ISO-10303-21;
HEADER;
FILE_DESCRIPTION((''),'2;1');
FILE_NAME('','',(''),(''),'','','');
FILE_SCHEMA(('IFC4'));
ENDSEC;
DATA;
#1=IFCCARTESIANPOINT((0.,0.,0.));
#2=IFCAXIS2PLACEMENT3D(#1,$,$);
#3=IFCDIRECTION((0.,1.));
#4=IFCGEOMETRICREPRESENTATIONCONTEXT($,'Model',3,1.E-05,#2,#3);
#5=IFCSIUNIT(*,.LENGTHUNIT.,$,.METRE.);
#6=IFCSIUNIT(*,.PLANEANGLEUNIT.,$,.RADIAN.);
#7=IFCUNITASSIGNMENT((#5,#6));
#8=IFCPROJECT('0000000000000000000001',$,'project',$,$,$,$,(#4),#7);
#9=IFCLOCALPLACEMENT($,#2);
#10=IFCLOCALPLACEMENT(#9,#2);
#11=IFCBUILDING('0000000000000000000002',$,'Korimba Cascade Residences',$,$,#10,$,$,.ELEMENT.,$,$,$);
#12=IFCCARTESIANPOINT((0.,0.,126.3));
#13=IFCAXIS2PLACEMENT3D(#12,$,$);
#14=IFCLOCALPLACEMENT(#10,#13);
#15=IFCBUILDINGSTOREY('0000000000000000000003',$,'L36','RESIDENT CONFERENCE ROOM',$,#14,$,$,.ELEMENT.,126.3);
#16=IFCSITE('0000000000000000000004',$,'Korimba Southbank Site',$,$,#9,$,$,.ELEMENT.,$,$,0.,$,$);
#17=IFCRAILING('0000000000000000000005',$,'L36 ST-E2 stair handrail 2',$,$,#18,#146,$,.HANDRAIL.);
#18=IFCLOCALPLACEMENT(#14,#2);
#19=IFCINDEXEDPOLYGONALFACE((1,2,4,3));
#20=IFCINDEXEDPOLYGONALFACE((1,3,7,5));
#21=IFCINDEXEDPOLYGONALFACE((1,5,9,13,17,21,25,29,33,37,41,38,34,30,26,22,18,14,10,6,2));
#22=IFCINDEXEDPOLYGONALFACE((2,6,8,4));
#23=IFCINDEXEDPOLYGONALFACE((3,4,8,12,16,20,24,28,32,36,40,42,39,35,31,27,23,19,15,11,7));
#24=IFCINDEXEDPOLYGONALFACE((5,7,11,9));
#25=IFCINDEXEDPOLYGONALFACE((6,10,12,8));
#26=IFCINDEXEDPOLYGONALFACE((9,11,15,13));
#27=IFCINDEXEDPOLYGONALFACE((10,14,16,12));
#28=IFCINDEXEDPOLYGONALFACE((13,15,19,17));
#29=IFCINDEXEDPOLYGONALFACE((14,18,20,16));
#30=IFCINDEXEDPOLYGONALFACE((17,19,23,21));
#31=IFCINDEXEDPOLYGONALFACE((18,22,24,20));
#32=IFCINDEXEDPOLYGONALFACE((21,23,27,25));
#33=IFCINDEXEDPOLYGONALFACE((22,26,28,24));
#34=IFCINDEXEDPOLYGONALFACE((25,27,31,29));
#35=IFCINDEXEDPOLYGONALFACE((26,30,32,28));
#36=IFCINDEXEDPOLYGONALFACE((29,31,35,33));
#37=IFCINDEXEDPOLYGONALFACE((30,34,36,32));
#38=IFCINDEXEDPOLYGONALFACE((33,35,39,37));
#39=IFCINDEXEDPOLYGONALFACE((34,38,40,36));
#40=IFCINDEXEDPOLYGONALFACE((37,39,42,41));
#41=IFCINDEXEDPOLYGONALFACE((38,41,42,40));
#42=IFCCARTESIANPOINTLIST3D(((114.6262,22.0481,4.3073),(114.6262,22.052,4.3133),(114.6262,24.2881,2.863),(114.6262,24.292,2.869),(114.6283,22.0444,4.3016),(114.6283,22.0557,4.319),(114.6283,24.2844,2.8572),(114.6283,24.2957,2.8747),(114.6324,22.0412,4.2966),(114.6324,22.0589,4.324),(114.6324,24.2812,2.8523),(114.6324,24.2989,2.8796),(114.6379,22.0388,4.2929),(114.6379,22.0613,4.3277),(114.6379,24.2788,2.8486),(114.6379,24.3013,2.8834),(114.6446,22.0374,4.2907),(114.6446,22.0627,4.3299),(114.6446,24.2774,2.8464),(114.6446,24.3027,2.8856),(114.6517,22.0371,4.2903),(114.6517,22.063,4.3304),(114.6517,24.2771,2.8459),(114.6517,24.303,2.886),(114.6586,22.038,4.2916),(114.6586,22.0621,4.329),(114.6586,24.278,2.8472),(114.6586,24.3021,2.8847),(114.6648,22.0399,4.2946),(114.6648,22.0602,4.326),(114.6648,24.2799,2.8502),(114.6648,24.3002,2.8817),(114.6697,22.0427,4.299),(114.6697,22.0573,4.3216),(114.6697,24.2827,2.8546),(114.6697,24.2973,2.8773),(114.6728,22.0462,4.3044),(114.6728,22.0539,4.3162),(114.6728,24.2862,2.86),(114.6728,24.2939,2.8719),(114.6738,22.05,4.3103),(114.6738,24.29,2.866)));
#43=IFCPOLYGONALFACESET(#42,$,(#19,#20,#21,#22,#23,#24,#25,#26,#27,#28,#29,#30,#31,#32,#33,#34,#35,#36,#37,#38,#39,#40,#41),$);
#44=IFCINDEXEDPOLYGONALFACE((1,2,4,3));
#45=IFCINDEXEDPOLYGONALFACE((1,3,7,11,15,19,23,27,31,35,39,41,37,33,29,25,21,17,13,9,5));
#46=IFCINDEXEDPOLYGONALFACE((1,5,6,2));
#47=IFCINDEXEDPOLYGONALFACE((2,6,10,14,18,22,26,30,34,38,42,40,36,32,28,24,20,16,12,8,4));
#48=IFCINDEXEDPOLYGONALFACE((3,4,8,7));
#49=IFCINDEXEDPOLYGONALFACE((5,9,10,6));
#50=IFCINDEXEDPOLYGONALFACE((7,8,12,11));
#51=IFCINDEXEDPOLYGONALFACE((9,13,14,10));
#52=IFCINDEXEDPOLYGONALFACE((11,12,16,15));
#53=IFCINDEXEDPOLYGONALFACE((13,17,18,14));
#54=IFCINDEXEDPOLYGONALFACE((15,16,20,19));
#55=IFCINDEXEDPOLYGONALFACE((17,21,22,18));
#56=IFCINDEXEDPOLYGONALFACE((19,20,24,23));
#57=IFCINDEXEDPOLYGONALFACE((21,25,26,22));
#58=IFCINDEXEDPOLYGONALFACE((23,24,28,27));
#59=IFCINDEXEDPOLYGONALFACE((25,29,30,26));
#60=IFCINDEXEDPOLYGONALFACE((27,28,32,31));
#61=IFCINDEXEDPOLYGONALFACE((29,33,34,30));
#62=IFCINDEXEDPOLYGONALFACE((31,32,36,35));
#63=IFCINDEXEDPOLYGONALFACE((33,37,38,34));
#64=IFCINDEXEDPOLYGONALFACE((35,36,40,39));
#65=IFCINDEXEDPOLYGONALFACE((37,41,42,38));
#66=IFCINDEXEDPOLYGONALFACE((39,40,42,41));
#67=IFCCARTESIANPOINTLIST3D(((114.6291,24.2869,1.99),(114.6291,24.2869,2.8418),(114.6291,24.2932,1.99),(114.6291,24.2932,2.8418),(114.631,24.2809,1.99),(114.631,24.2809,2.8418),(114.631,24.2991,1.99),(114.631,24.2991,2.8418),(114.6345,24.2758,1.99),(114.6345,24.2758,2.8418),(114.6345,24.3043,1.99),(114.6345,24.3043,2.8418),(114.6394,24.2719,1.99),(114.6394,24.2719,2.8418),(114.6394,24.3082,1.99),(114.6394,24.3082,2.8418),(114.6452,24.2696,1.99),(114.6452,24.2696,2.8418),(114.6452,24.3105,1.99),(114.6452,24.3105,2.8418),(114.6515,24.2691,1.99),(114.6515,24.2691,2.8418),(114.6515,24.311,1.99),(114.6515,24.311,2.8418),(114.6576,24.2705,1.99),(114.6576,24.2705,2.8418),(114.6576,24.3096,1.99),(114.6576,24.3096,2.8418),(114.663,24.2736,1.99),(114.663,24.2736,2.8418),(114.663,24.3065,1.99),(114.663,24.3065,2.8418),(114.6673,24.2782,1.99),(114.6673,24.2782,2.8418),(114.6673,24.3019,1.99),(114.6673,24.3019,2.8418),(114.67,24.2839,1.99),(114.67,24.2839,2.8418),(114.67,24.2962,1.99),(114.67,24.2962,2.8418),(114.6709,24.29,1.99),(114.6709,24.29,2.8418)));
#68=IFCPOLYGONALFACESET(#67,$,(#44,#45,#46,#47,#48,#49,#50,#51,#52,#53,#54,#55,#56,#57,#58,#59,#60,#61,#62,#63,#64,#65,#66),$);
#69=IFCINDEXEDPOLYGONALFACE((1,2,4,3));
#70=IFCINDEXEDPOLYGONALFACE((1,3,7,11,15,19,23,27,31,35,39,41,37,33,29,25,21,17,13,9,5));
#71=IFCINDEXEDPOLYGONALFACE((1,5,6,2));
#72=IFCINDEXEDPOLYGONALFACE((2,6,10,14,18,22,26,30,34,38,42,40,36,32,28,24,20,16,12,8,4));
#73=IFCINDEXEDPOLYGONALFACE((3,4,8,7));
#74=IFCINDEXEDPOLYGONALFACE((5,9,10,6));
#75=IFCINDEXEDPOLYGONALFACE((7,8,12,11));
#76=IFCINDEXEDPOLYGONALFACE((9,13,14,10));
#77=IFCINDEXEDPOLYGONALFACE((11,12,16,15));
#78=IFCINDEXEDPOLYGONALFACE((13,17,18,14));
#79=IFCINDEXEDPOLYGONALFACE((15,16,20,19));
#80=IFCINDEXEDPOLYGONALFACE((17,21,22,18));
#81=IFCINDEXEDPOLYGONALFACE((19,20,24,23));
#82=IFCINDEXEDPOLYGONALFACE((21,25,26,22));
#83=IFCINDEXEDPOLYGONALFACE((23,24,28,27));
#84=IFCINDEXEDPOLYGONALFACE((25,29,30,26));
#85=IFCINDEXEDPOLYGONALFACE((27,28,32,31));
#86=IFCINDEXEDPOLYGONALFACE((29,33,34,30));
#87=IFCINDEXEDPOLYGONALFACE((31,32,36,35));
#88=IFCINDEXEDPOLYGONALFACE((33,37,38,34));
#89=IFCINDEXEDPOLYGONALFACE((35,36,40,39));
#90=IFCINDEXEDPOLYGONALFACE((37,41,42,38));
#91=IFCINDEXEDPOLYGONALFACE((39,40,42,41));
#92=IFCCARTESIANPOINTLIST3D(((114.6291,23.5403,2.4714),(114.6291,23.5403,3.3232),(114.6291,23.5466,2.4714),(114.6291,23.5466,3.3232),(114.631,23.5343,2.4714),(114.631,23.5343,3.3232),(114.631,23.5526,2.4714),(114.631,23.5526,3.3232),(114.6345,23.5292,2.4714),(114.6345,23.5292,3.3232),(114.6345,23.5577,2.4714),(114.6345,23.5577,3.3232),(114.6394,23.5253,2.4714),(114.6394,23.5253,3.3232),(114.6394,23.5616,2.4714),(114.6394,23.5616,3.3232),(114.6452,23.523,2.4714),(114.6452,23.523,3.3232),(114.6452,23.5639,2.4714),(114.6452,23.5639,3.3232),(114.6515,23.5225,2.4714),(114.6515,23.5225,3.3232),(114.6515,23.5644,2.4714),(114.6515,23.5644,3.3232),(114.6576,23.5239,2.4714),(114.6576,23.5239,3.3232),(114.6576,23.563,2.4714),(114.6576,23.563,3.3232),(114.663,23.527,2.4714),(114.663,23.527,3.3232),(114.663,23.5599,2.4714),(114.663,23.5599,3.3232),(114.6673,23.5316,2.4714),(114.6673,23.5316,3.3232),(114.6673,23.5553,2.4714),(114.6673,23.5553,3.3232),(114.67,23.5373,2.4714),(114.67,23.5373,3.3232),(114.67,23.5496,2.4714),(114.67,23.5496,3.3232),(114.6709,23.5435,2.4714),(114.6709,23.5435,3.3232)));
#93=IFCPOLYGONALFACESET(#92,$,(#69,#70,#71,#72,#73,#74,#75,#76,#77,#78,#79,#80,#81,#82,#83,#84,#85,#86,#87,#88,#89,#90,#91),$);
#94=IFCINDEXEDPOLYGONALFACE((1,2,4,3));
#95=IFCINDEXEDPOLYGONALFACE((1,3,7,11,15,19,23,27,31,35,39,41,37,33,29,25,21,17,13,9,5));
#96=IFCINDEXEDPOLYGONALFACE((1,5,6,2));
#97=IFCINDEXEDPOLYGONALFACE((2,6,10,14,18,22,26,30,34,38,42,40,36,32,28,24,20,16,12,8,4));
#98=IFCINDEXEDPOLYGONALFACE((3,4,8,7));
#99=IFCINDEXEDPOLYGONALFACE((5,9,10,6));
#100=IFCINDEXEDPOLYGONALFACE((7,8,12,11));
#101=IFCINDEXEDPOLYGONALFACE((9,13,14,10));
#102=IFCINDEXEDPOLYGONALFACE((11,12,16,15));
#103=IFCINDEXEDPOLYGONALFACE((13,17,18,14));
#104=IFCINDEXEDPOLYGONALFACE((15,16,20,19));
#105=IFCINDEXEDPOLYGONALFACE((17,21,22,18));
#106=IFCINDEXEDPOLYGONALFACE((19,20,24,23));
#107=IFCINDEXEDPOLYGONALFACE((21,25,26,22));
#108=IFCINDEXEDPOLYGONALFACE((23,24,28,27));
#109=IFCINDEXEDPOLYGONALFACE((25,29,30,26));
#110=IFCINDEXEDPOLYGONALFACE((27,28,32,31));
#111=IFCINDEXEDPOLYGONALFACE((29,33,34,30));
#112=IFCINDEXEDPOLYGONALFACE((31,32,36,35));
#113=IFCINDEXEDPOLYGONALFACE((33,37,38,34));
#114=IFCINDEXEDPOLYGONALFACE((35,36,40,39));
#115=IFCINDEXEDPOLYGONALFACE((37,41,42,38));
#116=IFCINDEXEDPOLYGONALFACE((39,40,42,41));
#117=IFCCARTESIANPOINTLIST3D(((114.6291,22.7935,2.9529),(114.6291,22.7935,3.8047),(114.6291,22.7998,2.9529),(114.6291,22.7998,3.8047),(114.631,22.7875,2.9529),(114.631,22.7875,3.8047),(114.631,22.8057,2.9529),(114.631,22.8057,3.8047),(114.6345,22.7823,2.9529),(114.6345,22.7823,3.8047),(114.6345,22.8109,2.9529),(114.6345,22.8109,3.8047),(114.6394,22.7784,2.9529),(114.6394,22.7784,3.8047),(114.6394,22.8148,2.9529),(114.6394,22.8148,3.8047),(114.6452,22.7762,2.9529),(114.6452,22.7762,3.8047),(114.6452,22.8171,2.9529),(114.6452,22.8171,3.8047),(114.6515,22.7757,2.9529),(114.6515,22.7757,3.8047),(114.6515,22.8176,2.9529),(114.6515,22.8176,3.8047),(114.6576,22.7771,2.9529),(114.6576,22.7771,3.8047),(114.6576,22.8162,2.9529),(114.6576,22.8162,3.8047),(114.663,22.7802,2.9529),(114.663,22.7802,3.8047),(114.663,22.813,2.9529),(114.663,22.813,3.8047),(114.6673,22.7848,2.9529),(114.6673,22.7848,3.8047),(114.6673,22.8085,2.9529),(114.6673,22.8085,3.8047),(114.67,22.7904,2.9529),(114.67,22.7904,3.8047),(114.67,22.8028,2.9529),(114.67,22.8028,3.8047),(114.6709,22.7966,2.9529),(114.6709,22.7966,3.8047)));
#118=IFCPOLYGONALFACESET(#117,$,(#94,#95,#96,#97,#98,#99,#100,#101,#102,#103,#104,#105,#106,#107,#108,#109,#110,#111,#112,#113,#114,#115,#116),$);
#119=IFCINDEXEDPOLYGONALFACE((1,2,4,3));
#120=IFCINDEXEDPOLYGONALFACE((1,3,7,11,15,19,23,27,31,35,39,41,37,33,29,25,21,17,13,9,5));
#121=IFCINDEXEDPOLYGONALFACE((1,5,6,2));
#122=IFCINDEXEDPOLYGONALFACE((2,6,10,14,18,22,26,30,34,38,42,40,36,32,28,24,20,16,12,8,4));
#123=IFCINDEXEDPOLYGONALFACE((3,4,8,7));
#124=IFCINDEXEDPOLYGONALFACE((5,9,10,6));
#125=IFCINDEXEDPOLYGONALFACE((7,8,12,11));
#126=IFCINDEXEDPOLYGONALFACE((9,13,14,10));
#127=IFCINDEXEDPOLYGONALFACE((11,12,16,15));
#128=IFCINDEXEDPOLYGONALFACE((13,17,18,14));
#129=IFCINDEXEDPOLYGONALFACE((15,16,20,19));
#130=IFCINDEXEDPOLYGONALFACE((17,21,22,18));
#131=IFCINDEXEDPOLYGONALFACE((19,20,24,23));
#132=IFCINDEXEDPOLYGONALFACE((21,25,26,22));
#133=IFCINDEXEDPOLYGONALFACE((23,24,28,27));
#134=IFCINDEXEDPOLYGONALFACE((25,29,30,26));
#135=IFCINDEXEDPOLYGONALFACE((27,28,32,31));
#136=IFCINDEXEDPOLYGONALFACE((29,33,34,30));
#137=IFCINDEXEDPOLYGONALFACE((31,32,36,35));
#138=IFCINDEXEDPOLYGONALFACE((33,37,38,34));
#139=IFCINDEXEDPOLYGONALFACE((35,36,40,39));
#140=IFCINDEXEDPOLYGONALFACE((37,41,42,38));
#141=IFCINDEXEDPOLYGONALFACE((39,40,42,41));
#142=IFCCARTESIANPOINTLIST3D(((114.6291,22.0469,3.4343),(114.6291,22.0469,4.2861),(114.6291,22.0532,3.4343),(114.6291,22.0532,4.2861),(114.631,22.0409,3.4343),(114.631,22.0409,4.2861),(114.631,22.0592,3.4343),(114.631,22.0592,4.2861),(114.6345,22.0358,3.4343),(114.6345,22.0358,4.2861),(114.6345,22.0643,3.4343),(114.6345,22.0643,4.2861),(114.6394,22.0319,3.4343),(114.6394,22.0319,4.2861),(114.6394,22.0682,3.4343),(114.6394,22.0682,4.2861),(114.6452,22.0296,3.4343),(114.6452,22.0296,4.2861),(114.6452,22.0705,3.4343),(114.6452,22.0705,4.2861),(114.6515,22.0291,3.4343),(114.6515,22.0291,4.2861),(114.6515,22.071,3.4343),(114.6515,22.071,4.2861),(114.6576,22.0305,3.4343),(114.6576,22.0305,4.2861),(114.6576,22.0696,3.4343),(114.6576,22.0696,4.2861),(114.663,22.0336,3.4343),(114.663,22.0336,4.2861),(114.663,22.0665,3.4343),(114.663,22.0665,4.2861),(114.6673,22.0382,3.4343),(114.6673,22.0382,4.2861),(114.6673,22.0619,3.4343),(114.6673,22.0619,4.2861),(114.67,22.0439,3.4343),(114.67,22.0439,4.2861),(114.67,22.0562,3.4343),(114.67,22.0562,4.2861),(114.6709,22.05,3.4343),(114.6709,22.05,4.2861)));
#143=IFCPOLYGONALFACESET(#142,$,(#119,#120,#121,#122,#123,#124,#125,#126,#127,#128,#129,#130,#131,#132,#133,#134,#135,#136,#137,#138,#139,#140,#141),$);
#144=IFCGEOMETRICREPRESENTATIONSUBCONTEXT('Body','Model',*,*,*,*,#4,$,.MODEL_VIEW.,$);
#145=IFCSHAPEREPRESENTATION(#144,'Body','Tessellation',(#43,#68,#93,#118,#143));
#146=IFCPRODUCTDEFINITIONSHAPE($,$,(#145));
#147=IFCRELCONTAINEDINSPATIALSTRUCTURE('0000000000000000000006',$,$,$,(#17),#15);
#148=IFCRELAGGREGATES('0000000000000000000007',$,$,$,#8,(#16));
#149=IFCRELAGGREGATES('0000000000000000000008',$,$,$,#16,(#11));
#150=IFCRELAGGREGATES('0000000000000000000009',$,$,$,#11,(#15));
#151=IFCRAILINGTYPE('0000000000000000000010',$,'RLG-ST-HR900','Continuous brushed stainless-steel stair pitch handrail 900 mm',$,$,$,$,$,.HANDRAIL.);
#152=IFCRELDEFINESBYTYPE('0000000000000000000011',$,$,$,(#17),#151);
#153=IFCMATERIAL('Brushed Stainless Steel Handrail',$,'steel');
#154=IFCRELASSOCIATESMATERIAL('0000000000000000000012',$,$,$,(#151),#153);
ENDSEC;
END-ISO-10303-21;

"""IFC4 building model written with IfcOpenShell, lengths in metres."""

from ifc_helpers import new_model, si_unit, direction, frame, origin, origin_2d, place, context, subcontext, project, spatial, circle, extrude, material, type_object, element, save


model = new_model("IFC4")

# Units and contexts
model_context = context("Model", 3, precision=1e-05, world=origin(), true_north=direction((0.0, 1.0)))
body_context = subcontext(model_context, "Body", "Model", "MODEL_VIEW")
ifc_project = project(units=[si_unit("LENGTHUNIT", "METRE"), si_unit("PLANEANGLEUNIT", "RADIAN")], contexts=[model_context])

# Site, building, storey
site_placement = place(None, origin())
site = spatial("IfcSite", under=ifc_project, at=site_placement, Name="Korimba Southbank Site", CompositionType="ELEMENT", RefElevation=0.0)
building_placement = place(site_placement, origin())
building = spatial("IfcBuilding", under=site, at=building_placement, Name="Korimba Cascade Residences", CompositionType="ELEMENT")
storey_placement = place(building_placement, frame((0.0, 0.0, 126.3)))
storey = spatial("IfcBuildingStorey", under=building, at=storey_placement, Name="L36", Description="RESIDENT CONFERENCE ROOM", CompositionType="ELEMENT", Elevation=126.3)

# Railing
ifc_material_1 = material(Name="Brushed Stainless Steel Handrail", Category="steel")
railing_type_1 = type_object("IfcRailingType", Name="RLG-ST-HR900", Description="Continuous brushed stainless-steel stair pitch handrail 900 mm", PredefinedType="HANDRAIL", material=ifc_material_1)
railing_1_placement = place(storey_placement, frame((114.6499, 24.29, 1.99)))
element("IfcRailing", 1, at=railing_1_placement, inside=storey, type_object=railing_type_1, Name="L36 ST-E2 stair handrail 2", PredefinedType="HANDRAIL", context=body_context, shape_type="SweptSolid", body=[
    extrude(circle(Radius=0.0239, at=origin_2d()), frame((0.0, 0.0, 0.876), z_axis=(0.0, -0.840437, 0.54191), x_axis=(1.0, 0.0, 0.0)), (0.0, 0.0, 1.0), 2.6653),
    extrude(circle(Radius=0.021, at=origin_2d()), origin(), (0.0, 0.0, 1.0), 0.8518),
    extrude(circle(Radius=0.021, at=origin_2d()), frame((0.0, -0.7466, 0.4814)), (0.0, 0.0, 1.0), 0.8518),
    extrude(circle(Radius=0.021, at=origin_2d()), frame((0.0, -1.4934, 0.9629)), (0.0, 0.0, 1.0), 0.8518),
    extrude(circle(Radius=0.021, at=origin_2d()), frame((0.0, -2.24, 1.4443)), (0.0, 0.0, 1.0), 0.8518),
])

save(model, "model.ifc")
